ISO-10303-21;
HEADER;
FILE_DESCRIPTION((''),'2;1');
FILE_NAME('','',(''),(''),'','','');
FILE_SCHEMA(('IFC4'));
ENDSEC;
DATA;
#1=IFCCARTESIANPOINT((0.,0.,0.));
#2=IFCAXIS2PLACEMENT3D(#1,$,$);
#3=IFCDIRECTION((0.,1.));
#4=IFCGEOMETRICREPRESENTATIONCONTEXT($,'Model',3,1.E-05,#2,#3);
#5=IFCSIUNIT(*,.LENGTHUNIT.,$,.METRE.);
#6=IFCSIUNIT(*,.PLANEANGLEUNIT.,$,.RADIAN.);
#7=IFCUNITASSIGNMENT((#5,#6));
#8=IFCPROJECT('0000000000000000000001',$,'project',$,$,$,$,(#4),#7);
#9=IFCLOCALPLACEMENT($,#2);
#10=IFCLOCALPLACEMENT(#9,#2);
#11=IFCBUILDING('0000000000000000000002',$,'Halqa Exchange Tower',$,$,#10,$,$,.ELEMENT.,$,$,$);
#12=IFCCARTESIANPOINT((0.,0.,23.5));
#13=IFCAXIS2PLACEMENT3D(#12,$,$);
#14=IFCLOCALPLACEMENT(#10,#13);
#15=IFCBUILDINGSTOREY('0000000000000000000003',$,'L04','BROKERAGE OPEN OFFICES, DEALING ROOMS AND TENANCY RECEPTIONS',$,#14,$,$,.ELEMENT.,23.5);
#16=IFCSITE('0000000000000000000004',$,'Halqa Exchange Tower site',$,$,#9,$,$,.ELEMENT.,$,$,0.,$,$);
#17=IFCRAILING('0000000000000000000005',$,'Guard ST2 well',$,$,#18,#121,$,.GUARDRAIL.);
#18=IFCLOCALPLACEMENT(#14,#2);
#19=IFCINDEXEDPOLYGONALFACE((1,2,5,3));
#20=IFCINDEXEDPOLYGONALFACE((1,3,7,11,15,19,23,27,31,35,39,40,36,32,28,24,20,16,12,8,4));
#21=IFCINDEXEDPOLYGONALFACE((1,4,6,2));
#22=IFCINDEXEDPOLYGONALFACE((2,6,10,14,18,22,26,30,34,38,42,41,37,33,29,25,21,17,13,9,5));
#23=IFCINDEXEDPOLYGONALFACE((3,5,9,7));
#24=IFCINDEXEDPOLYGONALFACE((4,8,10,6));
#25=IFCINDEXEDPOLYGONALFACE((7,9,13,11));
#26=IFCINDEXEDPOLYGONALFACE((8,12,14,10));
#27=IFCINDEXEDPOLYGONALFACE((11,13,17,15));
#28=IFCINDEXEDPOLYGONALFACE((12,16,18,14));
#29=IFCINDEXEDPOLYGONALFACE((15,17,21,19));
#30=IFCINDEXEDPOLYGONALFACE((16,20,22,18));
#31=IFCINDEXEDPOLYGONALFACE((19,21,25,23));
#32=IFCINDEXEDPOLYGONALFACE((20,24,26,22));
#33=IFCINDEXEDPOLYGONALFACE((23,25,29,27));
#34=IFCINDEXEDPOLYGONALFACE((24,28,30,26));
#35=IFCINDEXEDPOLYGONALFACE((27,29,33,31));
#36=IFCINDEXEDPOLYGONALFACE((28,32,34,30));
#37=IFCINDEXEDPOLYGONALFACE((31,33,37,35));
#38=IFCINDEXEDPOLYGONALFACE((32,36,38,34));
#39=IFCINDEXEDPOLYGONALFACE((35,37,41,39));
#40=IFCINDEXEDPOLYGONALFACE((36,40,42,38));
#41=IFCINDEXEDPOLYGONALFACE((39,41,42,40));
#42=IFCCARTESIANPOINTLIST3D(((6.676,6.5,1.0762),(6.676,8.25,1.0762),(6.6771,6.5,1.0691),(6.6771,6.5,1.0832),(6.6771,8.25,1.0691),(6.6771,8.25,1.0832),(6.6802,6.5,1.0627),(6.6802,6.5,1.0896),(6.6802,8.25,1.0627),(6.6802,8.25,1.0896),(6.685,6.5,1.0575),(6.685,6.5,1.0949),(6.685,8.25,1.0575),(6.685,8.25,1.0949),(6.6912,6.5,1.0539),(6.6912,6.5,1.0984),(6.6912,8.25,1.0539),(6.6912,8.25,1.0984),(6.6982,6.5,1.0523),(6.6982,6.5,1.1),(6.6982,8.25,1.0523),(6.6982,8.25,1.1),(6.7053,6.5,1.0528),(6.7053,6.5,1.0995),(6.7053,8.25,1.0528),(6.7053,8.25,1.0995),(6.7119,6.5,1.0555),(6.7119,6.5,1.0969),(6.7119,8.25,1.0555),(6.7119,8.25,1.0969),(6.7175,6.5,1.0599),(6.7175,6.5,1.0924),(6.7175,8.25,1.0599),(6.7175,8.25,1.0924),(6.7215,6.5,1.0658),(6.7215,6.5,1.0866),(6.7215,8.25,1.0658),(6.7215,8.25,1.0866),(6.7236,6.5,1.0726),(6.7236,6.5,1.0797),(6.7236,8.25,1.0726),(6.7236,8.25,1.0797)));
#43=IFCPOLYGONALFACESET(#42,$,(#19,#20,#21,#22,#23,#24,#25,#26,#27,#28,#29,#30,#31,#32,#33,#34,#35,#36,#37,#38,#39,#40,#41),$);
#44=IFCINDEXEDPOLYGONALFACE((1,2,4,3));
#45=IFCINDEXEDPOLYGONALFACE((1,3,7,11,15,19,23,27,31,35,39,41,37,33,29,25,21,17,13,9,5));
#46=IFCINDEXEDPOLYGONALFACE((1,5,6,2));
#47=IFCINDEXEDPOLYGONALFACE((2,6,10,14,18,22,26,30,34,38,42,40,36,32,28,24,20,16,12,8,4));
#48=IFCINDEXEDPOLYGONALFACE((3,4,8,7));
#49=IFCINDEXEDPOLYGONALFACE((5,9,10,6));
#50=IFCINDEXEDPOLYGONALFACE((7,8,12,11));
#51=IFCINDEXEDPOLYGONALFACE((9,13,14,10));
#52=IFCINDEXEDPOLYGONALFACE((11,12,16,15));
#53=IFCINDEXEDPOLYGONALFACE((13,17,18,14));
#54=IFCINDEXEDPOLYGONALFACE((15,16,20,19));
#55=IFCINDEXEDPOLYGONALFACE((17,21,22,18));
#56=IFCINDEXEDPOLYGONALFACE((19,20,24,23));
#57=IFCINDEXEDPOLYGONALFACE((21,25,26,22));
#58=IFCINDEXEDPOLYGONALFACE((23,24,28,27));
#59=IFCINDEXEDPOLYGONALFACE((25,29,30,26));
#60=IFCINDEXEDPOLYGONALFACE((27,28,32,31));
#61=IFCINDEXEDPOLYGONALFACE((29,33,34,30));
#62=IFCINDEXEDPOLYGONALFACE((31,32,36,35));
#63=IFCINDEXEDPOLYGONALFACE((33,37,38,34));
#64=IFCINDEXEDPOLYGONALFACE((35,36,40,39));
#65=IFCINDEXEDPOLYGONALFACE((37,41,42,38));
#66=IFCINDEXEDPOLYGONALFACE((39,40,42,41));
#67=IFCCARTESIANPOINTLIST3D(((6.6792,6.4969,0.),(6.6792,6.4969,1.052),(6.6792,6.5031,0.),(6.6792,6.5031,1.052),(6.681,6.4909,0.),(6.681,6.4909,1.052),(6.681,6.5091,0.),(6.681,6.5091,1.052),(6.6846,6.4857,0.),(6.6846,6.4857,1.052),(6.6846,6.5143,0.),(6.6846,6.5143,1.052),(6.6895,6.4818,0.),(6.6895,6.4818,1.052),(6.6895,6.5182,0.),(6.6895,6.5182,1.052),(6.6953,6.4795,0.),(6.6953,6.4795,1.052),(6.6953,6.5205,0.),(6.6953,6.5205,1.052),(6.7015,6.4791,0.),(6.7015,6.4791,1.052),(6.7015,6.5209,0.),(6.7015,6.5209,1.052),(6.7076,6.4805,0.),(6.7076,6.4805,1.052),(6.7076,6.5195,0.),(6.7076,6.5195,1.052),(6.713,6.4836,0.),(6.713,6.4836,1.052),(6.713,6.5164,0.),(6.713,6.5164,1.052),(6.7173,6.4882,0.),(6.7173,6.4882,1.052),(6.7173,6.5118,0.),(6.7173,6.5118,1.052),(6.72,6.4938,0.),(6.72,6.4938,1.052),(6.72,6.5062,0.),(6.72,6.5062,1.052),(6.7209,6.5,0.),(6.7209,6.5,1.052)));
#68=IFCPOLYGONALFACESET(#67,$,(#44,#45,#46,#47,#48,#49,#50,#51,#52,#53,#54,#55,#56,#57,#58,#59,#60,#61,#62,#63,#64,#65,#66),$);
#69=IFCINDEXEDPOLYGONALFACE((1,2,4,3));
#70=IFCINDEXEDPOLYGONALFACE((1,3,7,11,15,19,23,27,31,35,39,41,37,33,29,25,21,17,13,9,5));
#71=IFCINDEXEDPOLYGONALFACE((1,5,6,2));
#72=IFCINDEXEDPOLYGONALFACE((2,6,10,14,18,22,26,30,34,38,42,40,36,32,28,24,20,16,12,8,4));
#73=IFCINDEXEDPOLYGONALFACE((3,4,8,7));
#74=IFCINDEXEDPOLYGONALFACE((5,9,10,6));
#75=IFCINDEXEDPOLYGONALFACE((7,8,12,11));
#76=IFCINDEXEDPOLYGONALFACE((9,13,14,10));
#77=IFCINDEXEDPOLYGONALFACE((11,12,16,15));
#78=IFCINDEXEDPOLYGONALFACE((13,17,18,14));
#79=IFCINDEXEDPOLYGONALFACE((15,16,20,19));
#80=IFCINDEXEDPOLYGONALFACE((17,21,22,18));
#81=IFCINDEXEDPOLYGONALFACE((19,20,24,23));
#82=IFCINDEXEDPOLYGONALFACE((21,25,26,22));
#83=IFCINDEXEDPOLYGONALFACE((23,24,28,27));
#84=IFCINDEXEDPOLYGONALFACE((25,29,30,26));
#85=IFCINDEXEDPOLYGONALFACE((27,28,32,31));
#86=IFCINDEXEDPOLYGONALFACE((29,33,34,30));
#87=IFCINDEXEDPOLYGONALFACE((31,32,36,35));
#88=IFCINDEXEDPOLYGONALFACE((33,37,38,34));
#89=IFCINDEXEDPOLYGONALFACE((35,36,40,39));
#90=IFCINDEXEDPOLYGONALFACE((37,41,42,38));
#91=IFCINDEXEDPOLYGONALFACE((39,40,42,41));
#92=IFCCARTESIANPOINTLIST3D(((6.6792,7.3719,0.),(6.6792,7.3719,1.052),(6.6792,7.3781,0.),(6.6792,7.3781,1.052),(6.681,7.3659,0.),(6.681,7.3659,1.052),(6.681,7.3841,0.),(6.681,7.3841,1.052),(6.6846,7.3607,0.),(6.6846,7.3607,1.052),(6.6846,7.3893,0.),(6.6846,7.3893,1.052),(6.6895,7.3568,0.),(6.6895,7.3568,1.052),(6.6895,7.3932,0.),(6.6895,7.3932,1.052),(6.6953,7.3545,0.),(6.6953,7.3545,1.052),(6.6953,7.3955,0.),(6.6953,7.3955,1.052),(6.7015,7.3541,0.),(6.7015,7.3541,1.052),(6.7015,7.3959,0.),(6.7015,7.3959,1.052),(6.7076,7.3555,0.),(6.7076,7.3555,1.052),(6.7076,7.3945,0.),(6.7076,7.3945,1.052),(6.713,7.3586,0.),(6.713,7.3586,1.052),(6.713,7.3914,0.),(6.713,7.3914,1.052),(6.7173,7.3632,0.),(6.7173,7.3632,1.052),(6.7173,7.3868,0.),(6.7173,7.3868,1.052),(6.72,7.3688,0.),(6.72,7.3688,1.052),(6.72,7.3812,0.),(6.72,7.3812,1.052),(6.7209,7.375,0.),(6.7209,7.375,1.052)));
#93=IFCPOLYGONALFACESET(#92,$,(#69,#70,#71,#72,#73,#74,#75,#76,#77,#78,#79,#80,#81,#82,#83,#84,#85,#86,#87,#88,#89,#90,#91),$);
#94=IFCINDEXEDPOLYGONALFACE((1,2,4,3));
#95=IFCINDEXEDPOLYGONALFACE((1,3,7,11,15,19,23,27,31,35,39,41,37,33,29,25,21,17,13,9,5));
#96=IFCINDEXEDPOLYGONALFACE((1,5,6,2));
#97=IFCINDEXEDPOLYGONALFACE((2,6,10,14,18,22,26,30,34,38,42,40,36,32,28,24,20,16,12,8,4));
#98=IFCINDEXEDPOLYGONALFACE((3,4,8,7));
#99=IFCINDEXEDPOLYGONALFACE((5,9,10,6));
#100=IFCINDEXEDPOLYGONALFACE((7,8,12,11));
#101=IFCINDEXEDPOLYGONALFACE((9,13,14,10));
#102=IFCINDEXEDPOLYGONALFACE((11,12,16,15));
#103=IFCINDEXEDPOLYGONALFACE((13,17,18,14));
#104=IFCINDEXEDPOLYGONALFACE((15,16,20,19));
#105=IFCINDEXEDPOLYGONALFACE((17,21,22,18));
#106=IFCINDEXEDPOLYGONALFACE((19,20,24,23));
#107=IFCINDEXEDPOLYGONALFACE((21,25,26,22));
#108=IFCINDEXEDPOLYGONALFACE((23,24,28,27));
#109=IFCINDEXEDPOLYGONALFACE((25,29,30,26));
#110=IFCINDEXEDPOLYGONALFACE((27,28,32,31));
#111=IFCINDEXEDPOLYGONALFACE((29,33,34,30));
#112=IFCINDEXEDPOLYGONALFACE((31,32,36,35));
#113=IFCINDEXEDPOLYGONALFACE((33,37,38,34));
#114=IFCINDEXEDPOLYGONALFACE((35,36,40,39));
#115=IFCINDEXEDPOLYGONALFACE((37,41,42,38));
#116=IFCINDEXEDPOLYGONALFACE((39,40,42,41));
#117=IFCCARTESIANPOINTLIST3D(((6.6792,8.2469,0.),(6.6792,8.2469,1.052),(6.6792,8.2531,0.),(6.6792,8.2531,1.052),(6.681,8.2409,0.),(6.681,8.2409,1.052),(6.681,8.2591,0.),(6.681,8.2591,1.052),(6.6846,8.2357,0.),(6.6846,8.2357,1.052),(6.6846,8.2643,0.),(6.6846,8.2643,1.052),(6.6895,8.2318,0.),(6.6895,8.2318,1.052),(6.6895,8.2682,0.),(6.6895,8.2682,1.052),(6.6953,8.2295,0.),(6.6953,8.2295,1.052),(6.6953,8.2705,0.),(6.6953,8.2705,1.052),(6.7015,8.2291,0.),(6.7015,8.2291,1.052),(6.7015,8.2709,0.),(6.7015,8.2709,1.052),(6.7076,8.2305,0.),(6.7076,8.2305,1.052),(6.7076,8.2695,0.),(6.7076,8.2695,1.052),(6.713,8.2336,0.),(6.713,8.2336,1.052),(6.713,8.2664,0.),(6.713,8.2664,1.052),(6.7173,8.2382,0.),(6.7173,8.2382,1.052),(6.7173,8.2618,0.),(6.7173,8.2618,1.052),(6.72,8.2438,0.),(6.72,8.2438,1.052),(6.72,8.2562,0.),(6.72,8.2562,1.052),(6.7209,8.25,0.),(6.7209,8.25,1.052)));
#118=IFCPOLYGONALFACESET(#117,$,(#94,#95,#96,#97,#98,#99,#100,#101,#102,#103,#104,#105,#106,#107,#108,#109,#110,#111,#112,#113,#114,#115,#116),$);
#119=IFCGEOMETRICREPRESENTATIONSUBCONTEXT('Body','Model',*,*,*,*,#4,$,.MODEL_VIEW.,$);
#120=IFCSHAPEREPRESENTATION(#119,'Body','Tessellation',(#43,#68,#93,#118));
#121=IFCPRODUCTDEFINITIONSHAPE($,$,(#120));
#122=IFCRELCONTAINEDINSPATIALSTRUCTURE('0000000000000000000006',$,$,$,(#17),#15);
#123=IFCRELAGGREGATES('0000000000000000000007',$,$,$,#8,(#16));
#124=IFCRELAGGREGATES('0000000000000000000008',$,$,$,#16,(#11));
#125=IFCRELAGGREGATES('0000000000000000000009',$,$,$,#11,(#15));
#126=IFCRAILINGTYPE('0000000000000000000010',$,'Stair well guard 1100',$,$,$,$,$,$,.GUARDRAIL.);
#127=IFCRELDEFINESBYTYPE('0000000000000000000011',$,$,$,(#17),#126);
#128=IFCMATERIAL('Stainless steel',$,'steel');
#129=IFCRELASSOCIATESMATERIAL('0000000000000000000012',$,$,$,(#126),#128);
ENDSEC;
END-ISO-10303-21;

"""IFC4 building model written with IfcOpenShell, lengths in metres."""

from ifc_helpers import new_model, si_unit, direction, frame, origin, origin_2d, place, context, subcontext, project, spatial, circle, extrude, material, type_object, element, save


model = new_model("IFC4")

# Units and contexts
model_context = context("Model", 3, precision=1e-05, world=origin(), true_north=direction((0.0, 1.0)))
body_context = subcontext(model_context, "Body", "Model", "MODEL_VIEW")
ifc_project = project(units=[si_unit("LENGTHUNIT", "METRE"), si_unit("PLANEANGLEUNIT", "RADIAN")], contexts=[model_context])

# Site, building, storey
site_placement = place(None, origin())
site = spatial("IfcSite", under=ifc_project, at=site_placement, Name="Halqa Exchange Tower site", CompositionType="ELEMENT", RefElevation=0.0)
building_placement = place(site_placement, origin())
building = spatial("IfcBuilding", under=site, at=building_placement, Name="Halqa Exchange Tower", CompositionType="ELEMENT")
storey_placement = place(building_placement, frame((0.0, 0.0, 23.5)))
storey = spatial("IfcBuildingStorey", under=building, at=storey_placement, Name="L04", Description="BROKERAGE OPEN OFFICES, DEALING ROOMS AND TENANCY RECEPTIONS", CompositionType="ELEMENT", Elevation=23.5)

# Railing
ifc_material_1 = material(Name="Stainless steel", Category="steel")
railing_type_1 = type_object("IfcRailingType", Name="Stair well guard 1100", PredefinedType="GUARDRAIL", material=ifc_material_1)
railing_1_placement = place(storey_placement, frame((6.7, 6.5, 0.0)))
element("IfcRailing", 1, at=railing_1_placement, inside=storey, type_object=railing_type_1, Name="Guard ST2 well", PredefinedType="GUARDRAIL", context=body_context, shape_type="SweptSolid", body=[
    extrude(circle(Radius=0.0239, at=origin_2d()), frame((0.0, 0.0, 1.0762), z_axis=(0.0, 1.0, 0.0), x_axis=(-1.0, 0.0, 0.0)), (0.0, 0.0, 1.0), 1.75),
    extrude(circle(Radius=0.021, at=origin_2d()), origin(), (0.0, 0.0, 1.0), 1.052),
    extrude(circle(Radius=0.021, at=origin_2d()), frame((0.0, 0.875, 0.0)), (0.0, 0.0, 1.0), 1.052),
    extrude(circle(Radius=0.021, at=origin_2d()), frame((0.0, 1.75, 0.0)), (0.0, 0.0, 1.0), 1.052),
])

save(model, "model.ifc")
